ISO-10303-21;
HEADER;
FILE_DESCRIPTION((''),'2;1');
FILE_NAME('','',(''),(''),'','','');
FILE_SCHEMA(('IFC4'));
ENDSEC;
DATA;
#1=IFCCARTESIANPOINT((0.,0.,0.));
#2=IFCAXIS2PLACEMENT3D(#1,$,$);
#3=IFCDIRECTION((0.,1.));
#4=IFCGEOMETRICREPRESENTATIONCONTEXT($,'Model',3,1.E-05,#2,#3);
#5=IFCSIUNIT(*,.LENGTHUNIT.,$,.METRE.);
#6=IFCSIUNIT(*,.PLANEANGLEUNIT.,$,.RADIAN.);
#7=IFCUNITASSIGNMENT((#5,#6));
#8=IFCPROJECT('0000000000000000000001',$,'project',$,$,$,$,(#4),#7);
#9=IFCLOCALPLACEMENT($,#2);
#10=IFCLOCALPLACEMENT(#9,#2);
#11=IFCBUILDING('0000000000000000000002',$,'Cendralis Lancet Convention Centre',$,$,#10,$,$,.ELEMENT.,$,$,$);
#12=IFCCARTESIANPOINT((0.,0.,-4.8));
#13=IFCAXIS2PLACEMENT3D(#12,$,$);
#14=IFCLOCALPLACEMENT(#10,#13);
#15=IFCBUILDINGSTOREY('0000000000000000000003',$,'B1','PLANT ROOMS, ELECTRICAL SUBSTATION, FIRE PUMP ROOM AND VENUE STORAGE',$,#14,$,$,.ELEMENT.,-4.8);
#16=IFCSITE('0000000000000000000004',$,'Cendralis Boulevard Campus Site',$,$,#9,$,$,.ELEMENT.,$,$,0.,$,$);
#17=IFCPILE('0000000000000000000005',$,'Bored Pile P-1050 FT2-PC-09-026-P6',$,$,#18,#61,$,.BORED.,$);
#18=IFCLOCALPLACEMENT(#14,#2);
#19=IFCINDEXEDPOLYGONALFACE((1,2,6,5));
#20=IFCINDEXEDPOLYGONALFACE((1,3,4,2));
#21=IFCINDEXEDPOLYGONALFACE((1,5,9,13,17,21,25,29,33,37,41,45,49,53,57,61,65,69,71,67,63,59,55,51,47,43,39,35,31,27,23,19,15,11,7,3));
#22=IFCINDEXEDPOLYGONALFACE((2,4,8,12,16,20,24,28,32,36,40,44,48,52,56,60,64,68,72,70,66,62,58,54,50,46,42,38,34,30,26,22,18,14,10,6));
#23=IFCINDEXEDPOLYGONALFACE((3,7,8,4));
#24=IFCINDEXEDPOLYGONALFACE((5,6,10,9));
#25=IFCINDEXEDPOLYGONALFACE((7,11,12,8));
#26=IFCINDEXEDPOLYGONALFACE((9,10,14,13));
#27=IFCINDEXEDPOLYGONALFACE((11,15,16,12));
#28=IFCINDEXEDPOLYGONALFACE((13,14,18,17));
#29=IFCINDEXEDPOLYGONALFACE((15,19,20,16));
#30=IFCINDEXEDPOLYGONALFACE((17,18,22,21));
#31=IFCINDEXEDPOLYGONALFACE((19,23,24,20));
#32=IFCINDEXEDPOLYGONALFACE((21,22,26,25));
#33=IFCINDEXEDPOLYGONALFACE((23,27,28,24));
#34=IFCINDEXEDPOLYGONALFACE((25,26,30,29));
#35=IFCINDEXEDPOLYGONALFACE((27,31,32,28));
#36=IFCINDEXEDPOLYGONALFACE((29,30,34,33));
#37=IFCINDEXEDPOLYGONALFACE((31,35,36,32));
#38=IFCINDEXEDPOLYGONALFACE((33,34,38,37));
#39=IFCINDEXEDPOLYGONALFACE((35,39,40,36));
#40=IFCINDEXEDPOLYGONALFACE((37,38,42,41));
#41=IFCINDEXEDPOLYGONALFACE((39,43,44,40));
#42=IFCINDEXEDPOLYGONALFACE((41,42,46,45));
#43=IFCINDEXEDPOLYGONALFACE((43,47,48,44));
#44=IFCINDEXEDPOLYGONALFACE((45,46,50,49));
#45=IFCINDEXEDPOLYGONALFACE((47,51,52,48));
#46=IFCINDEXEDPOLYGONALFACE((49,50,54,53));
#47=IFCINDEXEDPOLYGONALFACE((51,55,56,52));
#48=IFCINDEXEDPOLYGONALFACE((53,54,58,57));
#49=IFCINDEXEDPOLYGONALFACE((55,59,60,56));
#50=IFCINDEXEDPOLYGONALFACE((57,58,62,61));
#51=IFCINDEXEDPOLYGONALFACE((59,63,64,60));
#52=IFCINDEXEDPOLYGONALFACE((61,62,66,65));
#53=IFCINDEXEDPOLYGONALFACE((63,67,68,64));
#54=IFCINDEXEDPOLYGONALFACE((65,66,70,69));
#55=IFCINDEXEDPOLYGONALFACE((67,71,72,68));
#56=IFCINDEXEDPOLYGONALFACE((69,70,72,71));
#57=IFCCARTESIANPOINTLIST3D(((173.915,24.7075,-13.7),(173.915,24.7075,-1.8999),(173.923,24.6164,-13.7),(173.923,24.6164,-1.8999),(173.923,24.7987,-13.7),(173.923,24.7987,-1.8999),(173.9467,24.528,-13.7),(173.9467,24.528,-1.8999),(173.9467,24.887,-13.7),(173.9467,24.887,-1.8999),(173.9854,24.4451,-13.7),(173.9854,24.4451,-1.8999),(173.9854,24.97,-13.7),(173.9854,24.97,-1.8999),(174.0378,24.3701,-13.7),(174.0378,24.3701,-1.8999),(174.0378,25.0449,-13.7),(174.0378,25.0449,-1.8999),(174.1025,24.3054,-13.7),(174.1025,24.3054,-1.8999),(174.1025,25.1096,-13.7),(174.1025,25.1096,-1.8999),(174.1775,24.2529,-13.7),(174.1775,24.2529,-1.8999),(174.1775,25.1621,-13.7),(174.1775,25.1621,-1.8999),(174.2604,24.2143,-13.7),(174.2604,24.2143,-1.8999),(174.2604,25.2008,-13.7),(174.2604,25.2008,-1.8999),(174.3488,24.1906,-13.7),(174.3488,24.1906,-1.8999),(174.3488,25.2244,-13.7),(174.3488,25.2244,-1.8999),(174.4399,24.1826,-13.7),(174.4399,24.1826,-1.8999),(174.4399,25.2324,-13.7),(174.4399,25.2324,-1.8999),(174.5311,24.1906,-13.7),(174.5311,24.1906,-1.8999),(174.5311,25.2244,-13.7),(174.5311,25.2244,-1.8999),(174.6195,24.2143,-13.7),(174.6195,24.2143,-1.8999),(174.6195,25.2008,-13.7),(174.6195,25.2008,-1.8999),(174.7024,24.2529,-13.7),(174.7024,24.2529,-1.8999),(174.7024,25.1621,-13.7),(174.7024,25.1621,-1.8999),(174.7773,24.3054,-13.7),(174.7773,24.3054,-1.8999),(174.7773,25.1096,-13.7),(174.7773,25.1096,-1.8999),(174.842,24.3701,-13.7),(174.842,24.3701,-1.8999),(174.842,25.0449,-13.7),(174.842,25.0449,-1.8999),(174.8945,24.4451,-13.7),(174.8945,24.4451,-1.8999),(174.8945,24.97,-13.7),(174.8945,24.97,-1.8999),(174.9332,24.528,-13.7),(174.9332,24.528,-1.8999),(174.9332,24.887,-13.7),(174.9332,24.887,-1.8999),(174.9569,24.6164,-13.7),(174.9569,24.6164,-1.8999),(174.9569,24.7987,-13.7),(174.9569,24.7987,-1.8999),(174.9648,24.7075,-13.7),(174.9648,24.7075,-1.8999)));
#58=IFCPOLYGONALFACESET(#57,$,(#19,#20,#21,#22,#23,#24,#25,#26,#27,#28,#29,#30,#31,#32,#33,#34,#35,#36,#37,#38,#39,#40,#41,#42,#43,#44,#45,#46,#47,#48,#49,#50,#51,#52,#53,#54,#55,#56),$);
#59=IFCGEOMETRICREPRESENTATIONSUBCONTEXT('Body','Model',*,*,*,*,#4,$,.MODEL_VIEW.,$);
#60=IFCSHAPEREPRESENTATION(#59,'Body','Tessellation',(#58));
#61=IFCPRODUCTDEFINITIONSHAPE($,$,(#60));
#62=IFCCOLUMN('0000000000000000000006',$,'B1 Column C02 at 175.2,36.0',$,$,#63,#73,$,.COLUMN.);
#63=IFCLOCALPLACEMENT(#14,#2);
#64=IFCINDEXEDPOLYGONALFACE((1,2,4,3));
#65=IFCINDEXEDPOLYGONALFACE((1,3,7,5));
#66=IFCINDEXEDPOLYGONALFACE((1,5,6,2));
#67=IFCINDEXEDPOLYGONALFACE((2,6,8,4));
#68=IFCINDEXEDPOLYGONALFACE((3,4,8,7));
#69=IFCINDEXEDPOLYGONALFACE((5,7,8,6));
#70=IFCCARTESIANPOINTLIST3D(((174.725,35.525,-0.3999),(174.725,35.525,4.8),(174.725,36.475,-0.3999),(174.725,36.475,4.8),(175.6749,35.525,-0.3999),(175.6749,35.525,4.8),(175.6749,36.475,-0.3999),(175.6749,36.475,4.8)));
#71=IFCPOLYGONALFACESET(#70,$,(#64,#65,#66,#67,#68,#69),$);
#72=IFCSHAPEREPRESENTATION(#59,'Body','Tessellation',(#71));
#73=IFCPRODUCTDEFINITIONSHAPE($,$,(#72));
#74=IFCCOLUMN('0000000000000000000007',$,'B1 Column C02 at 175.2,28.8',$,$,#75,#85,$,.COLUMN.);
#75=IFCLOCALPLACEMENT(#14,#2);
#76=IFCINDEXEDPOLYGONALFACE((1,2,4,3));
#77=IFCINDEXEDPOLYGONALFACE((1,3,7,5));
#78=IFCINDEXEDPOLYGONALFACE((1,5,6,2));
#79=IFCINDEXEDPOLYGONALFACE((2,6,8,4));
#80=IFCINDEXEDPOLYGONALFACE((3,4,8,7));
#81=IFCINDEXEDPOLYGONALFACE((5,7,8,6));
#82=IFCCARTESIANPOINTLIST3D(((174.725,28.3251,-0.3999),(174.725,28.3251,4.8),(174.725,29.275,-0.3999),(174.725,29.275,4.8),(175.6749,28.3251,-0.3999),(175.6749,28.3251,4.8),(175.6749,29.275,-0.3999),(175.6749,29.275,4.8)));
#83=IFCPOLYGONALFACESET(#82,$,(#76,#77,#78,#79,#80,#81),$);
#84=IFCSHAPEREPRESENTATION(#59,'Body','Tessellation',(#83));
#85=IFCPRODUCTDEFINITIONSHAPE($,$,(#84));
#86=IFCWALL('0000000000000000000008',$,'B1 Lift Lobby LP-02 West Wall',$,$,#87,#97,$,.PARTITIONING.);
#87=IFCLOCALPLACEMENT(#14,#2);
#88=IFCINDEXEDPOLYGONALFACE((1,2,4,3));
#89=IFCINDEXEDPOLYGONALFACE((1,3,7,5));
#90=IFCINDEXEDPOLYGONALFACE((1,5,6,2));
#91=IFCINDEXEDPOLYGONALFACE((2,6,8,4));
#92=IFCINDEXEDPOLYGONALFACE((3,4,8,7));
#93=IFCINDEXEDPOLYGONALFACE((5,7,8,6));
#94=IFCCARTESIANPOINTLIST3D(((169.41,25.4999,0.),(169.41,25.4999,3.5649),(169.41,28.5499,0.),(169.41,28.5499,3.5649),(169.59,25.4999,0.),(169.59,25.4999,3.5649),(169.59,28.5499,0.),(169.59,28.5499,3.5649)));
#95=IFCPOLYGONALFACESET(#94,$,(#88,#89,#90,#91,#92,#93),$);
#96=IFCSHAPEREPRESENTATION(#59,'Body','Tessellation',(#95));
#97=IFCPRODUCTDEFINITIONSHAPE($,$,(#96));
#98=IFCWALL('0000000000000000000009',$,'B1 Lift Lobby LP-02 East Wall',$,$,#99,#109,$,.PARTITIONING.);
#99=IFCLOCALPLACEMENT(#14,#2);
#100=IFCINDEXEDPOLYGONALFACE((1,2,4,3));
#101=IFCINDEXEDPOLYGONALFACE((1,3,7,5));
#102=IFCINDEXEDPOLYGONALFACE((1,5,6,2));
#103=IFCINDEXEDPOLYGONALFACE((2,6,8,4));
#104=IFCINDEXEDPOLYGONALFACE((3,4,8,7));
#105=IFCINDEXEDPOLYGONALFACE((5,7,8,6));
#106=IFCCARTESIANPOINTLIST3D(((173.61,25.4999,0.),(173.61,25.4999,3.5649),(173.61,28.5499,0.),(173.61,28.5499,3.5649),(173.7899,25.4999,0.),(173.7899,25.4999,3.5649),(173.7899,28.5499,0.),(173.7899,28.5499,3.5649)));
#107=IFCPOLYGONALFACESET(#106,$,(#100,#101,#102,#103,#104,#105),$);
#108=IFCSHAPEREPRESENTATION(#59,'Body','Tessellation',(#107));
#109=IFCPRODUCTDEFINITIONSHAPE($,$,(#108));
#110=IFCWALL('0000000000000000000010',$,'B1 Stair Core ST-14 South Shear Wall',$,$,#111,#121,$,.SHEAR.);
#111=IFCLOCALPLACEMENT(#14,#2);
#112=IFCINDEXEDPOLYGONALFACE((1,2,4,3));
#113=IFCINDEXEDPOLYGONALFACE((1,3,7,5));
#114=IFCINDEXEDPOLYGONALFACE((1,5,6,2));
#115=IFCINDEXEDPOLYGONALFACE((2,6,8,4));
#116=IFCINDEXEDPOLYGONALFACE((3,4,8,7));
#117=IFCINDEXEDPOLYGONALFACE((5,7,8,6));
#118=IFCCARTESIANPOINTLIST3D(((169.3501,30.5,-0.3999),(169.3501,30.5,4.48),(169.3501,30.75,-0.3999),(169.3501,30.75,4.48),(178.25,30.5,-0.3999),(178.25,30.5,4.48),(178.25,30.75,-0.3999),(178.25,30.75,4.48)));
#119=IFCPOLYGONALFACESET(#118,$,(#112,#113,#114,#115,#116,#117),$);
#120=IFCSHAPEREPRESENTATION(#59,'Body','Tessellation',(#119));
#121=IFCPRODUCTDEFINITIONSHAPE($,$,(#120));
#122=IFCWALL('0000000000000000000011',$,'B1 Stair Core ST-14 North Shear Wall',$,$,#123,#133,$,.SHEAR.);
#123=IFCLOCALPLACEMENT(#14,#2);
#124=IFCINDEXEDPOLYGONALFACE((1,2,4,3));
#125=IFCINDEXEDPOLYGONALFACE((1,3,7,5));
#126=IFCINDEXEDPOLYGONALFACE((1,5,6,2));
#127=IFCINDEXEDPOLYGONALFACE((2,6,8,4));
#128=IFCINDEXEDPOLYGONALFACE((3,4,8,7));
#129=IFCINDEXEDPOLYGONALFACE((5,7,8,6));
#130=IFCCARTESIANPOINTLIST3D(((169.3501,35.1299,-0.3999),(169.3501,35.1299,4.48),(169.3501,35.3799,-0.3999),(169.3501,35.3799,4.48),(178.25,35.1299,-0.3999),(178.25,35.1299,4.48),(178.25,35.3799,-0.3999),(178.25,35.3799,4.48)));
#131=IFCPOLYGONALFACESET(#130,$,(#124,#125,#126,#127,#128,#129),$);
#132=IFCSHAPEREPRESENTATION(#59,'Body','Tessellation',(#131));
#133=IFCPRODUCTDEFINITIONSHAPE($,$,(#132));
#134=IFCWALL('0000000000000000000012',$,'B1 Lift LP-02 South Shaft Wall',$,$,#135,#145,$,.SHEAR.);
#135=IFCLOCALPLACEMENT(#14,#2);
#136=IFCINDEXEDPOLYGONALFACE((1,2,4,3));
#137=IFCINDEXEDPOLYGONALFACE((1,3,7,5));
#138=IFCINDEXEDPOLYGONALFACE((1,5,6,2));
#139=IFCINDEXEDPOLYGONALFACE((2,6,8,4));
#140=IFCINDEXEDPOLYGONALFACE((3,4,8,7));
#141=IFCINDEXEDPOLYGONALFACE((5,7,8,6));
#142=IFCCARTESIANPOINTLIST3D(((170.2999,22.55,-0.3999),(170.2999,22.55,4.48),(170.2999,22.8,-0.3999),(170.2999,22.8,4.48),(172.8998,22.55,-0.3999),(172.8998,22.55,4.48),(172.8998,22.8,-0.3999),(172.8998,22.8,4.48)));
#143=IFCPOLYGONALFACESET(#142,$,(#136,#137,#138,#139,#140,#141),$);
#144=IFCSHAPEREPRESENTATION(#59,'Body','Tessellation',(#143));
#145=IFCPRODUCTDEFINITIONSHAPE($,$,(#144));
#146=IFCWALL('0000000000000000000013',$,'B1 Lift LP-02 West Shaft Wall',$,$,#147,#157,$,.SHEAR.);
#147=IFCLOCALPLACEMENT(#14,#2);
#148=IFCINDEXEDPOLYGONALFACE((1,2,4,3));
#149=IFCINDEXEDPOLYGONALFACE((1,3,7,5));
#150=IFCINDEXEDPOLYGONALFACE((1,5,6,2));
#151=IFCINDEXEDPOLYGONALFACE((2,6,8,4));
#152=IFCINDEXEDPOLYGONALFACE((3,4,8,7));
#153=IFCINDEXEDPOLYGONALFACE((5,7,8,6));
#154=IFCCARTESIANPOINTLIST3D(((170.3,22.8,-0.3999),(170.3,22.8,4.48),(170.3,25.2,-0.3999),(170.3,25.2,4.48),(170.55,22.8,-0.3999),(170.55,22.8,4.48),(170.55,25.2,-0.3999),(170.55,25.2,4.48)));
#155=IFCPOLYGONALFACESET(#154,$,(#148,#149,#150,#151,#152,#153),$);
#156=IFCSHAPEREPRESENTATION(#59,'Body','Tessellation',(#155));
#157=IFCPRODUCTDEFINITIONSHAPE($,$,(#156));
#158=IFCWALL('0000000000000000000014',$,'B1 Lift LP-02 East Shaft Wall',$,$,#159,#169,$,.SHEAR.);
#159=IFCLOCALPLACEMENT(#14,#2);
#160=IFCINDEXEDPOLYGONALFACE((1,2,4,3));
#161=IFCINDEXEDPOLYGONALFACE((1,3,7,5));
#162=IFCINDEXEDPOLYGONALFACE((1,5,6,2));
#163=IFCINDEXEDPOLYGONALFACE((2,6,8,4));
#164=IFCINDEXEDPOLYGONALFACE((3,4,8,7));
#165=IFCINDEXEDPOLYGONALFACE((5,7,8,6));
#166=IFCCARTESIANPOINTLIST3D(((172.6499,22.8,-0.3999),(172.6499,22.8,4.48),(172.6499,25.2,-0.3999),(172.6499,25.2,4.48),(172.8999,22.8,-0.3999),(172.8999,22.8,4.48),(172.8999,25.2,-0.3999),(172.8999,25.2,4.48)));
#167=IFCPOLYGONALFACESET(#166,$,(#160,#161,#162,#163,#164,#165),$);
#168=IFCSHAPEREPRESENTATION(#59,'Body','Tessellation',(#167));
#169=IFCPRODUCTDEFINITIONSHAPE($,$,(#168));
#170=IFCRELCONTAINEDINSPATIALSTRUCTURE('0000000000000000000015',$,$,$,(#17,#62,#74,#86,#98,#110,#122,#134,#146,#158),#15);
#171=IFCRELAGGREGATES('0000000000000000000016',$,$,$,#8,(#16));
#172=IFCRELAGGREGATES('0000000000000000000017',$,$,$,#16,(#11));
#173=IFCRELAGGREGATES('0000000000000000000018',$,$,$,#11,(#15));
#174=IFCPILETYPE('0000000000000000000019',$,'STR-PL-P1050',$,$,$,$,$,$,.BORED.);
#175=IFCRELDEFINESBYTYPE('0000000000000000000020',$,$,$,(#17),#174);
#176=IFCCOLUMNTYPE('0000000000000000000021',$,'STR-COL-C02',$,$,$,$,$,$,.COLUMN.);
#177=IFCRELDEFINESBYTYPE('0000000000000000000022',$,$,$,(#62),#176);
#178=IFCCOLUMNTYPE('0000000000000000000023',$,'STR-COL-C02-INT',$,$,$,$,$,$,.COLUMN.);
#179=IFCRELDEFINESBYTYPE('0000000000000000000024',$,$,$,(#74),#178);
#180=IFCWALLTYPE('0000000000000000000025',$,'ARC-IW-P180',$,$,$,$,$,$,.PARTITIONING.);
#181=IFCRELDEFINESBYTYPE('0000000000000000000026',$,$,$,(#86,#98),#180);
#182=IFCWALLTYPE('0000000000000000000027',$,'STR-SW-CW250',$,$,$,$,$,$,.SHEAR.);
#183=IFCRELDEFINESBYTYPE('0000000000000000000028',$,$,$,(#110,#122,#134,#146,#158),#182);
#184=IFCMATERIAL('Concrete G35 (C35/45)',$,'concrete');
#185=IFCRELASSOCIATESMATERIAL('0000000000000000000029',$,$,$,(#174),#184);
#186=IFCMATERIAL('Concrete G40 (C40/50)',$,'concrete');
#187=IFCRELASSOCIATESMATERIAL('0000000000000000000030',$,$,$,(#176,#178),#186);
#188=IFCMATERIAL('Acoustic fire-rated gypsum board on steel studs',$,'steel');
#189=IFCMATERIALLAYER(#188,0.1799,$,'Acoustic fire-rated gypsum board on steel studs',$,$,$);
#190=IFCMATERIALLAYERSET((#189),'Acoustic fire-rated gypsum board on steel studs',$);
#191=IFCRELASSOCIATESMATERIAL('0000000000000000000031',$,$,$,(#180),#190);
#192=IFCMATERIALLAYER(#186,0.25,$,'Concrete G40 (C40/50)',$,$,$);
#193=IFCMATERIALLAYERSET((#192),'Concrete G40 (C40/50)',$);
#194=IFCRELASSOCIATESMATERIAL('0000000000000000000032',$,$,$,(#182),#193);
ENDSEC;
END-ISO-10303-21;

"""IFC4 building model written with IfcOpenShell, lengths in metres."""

from ifc_helpers import new_model, si_unit, direction, frame, frame_2d, origin, origin_2d, place, context, subcontext, project, spatial, rectangle, circle, extrude, material, layer, layer_set, material_profile, profile_set, type_object, element, save


model = new_model("IFC4")

# Units and contexts
model_context = context("Model", 3, precision=1e-05, world=origin(), true_north=direction((0.0, 1.0)))
body_context = subcontext(model_context, "Body", "Model", "MODEL_VIEW")
ifc_project = project(units=[si_unit("LENGTHUNIT", "METRE"), si_unit("PLANEANGLEUNIT", "RADIAN")], contexts=[model_context])

# Site, building, storey
site_placement = place(None, origin())
site = spatial("IfcSite", under=ifc_project, at=site_placement, Name="Cendralis Boulevard Campus Site", CompositionType="ELEMENT", RefElevation=0.0)
building_placement = place(site_placement, origin())
building = spatial("IfcBuilding", under=site, at=building_placement, Name="Cendralis Lancet Convention Centre", CompositionType="ELEMENT")
storey_placement = place(building_placement, frame((0.0, 0.0, -4.8)))
storey = spatial("IfcBuildingStorey", under=building, at=storey_placement, Name="B1", Description="PLANT ROOMS, ELECTRICAL SUBSTATION, FIRE PUMP ROOM AND VENUE STORAGE", CompositionType="ELEMENT", Elevation=-4.8)

# Shared definitions
ifc_material_1 = material(Name="Concrete G35 (C35/45)", Category="concrete")

# Pile
ifc_material_profile_1 = material_profile(ifc_material_1, circle(Radius=0.5249, at=origin_2d()), Name="BORED PILE D1050")
ifc_profile_set_1 = profile_set([ifc_material_profile_1], Name="Concrete G35 (C35/45)")
pile_type = type_object("IfcPileType", Name="STR-PL-P1050", PredefinedType="BORED", material=ifc_profile_set_1)
for number, where, z_axis, x_axis, name in (
    (1, (174.4399, 24.7075, -1.8999), (0.0, 0.0, -1.0), (1.0, 0.0, 0.0), "Bored Pile P-1050 FT2-PC-09-026-P6"),
):
    element("IfcPile", number, at=place(storey_placement, frame(where, z_axis=z_axis, x_axis=x_axis)), inside=storey, type_object=pile_type, Name=name, PredefinedType="BORED", context=body_context, shape_type="SweptSolid", body=[
        extrude(circle(Radius=0.5249, at=origin_2d()), origin(), (0.0, 0.0, 1.0), 11.8),
    ])

# Columns
ifc_material_2 = material(Name="Concrete G40 (C40/50)", Category="concrete")
ifc_material_profile_2 = material_profile(ifc_material_2, rectangle(XDim=0.95, YDim=0.95, at=origin_2d()), Name="RC 950x950")
ifc_profile_set_2 = profile_set([ifc_material_profile_2], Name="Concrete G40 (C40/50)")
column_type_1 = type_object("IfcColumnType", Name="STR-COL-C02", PredefinedType="COLUMN", material=ifc_profile_set_2)
column_1_placement = place(storey_placement, frame((175.2, 36.0, -0.3999), z_axis=(0.0, 0.0, 1.0), x_axis=(1.0, 0.0, 0.0)))
element("IfcColumn", 2, at=column_1_placement, inside=storey, type_object=column_type_1, Name="B1 Column C02 at 175.2,36.0", PredefinedType="COLUMN", context=body_context, shape_type="SweptSolid", body=[
    extrude(rectangle(XDim=0.95, YDim=0.95, at=origin_2d()), origin(), (0.0, 0.0, 1.0), 5.2),
])
ifc_material_profile_3 = material_profile(ifc_material_2, rectangle(XDim=0.95, YDim=0.95, at=origin_2d()), Name="RC 950x950")
ifc_profile_set_3 = profile_set([ifc_material_profile_3], Name="Concrete G40 (C40/50)")
column_type_2 = type_object("IfcColumnType", Name="STR-COL-C02-INT", PredefinedType="COLUMN", material=ifc_profile_set_3)
column_2_placement = place(storey_placement, frame((175.2, 28.8, -0.3999), z_axis=(0.0, 0.0, 1.0), x_axis=(1.0, 0.0, 0.0)))
element("IfcColumn", 3, at=column_2_placement, inside=storey, type_object=column_type_2, Name="B1 Column C02 at 175.2,28.8", PredefinedType="COLUMN", context=body_context, shape_type="SweptSolid", body=[
    extrude(rectangle(XDim=0.95, YDim=0.95, at=origin_2d()), origin(), (0.0, 0.0, 1.0), 5.2),
])

# Shared definitions
ifc_material_3 = material(Name="Acoustic fire-rated gypsum board on steel studs", Category="steel")
ifc_layer_1 = layer(ifc_material_3, 0.1799, Name="Acoustic fire-rated gypsum board on steel studs")
ifc_layer_set_1 = layer_set([ifc_layer_1], Name="Acoustic fire-rated gypsum board on steel studs")
wall_type_1 = type_object("IfcWallType", Name="ARC-IW-P180", PredefinedType="PARTITIONING", material=ifc_layer_set_1)

# Walls
for number, where, z_axis, x_axis, name in (
    (4, (169.5, 25.5, 0.0), (0.0, 0.0, 1.0), (0.0, 1.0, 0.0), "B1 Lift Lobby LP-02 West Wall"),
    (5, (173.7, 25.5, 0.0), (0.0, 0.0, 1.0), (0.0, 1.0, 0.0), "B1 Lift Lobby LP-02 East Wall"),
):
    element("IfcWall", number, at=place(storey_placement, frame(where, z_axis=z_axis, x_axis=x_axis)), inside=storey, type_object=wall_type_1, Name=name, PredefinedType="PARTITIONING", context=body_context, shape_type="SweptSolid", body=[
        extrude(rectangle(XDim=3.05, YDim=0.1799, at=frame_2d((1.5249, 0.0))), origin(), (0.0, 0.0, 1.0), 3.5649),
    ])

# Shared definitions
ifc_layer_2 = layer(ifc_material_2, 0.25, Name="Concrete G40 (C40/50)")
ifc_layer_set_2 = layer_set([ifc_layer_2], Name="Concrete G40 (C40/50)")
wall_type_2 = type_object("IfcWallType", Name="STR-SW-CW250", PredefinedType="SHEAR", material=ifc_layer_set_2)

# Walls
for number, where, z_axis, x_axis, name in (
    (6, (169.3501, 30.625, -0.3999), (0.0, 0.0, 1.0), (1.0, 0.0, 0.0), "B1 Stair Core ST-14 South Shear Wall"),
    (7, (169.3501, 35.2549, -0.3999), (0.0, 0.0, 1.0), (1.0, 0.0, 0.0), "B1 Stair Core ST-14 North Shear Wall"),
):
    element("IfcWall", number, at=place(storey_placement, frame(where, z_axis=z_axis, x_axis=x_axis)), inside=storey, type_object=wall_type_2, Name=name, PredefinedType="SHEAR", context=body_context, shape_type="SweptSolid", body=[
        extrude(rectangle(XDim=8.8999, YDim=0.25, at=frame_2d((4.45, 0.0))), origin(), (0.0, 0.0, 1.0), 4.8799),
    ])
wall_1_placement = place(storey_placement, frame((170.3, 22.675, -0.3999), z_axis=(0.0, 0.0, 1.0), x_axis=(1.0, 0.0, 0.0)))
element("IfcWall", 8, at=wall_1_placement, inside=storey, type_object=wall_type_2, Name="B1 Lift LP-02 South Shaft Wall", PredefinedType="SHEAR", context=body_context, shape_type="SweptSolid", body=[
    extrude(rectangle(XDim=2.5999, YDim=0.25, at=frame_2d((1.2998, 0.0))), origin(), (0.0, 0.0, 1.0), 4.8799),
])

# Walls
for number, where, z_axis, x_axis, name in (
    (9, (170.425, 22.8, -0.3999), (0.0, 0.0, 1.0), (0.0, 1.0, 0.0), "B1 Lift LP-02 West Shaft Wall"),
    (10, (172.7749, 22.8, -0.3999), (0.0, 0.0, 1.0), (0.0, 1.0, 0.0), "B1 Lift LP-02 East Shaft Wall"),
):
    element("IfcWall", number, at=place(storey_placement, frame(where, z_axis=z_axis, x_axis=x_axis)), inside=storey, type_object=wall_type_2, Name=name, PredefinedType="SHEAR", context=body_context, shape_type="SweptSolid", body=[
        extrude(rectangle(XDim=2.3999, YDim=0.25, at=frame_2d((1.2, 0.0))), origin(), (0.0, 0.0, 1.0), 4.8799),
    ])

save(model, "model.ifc")
